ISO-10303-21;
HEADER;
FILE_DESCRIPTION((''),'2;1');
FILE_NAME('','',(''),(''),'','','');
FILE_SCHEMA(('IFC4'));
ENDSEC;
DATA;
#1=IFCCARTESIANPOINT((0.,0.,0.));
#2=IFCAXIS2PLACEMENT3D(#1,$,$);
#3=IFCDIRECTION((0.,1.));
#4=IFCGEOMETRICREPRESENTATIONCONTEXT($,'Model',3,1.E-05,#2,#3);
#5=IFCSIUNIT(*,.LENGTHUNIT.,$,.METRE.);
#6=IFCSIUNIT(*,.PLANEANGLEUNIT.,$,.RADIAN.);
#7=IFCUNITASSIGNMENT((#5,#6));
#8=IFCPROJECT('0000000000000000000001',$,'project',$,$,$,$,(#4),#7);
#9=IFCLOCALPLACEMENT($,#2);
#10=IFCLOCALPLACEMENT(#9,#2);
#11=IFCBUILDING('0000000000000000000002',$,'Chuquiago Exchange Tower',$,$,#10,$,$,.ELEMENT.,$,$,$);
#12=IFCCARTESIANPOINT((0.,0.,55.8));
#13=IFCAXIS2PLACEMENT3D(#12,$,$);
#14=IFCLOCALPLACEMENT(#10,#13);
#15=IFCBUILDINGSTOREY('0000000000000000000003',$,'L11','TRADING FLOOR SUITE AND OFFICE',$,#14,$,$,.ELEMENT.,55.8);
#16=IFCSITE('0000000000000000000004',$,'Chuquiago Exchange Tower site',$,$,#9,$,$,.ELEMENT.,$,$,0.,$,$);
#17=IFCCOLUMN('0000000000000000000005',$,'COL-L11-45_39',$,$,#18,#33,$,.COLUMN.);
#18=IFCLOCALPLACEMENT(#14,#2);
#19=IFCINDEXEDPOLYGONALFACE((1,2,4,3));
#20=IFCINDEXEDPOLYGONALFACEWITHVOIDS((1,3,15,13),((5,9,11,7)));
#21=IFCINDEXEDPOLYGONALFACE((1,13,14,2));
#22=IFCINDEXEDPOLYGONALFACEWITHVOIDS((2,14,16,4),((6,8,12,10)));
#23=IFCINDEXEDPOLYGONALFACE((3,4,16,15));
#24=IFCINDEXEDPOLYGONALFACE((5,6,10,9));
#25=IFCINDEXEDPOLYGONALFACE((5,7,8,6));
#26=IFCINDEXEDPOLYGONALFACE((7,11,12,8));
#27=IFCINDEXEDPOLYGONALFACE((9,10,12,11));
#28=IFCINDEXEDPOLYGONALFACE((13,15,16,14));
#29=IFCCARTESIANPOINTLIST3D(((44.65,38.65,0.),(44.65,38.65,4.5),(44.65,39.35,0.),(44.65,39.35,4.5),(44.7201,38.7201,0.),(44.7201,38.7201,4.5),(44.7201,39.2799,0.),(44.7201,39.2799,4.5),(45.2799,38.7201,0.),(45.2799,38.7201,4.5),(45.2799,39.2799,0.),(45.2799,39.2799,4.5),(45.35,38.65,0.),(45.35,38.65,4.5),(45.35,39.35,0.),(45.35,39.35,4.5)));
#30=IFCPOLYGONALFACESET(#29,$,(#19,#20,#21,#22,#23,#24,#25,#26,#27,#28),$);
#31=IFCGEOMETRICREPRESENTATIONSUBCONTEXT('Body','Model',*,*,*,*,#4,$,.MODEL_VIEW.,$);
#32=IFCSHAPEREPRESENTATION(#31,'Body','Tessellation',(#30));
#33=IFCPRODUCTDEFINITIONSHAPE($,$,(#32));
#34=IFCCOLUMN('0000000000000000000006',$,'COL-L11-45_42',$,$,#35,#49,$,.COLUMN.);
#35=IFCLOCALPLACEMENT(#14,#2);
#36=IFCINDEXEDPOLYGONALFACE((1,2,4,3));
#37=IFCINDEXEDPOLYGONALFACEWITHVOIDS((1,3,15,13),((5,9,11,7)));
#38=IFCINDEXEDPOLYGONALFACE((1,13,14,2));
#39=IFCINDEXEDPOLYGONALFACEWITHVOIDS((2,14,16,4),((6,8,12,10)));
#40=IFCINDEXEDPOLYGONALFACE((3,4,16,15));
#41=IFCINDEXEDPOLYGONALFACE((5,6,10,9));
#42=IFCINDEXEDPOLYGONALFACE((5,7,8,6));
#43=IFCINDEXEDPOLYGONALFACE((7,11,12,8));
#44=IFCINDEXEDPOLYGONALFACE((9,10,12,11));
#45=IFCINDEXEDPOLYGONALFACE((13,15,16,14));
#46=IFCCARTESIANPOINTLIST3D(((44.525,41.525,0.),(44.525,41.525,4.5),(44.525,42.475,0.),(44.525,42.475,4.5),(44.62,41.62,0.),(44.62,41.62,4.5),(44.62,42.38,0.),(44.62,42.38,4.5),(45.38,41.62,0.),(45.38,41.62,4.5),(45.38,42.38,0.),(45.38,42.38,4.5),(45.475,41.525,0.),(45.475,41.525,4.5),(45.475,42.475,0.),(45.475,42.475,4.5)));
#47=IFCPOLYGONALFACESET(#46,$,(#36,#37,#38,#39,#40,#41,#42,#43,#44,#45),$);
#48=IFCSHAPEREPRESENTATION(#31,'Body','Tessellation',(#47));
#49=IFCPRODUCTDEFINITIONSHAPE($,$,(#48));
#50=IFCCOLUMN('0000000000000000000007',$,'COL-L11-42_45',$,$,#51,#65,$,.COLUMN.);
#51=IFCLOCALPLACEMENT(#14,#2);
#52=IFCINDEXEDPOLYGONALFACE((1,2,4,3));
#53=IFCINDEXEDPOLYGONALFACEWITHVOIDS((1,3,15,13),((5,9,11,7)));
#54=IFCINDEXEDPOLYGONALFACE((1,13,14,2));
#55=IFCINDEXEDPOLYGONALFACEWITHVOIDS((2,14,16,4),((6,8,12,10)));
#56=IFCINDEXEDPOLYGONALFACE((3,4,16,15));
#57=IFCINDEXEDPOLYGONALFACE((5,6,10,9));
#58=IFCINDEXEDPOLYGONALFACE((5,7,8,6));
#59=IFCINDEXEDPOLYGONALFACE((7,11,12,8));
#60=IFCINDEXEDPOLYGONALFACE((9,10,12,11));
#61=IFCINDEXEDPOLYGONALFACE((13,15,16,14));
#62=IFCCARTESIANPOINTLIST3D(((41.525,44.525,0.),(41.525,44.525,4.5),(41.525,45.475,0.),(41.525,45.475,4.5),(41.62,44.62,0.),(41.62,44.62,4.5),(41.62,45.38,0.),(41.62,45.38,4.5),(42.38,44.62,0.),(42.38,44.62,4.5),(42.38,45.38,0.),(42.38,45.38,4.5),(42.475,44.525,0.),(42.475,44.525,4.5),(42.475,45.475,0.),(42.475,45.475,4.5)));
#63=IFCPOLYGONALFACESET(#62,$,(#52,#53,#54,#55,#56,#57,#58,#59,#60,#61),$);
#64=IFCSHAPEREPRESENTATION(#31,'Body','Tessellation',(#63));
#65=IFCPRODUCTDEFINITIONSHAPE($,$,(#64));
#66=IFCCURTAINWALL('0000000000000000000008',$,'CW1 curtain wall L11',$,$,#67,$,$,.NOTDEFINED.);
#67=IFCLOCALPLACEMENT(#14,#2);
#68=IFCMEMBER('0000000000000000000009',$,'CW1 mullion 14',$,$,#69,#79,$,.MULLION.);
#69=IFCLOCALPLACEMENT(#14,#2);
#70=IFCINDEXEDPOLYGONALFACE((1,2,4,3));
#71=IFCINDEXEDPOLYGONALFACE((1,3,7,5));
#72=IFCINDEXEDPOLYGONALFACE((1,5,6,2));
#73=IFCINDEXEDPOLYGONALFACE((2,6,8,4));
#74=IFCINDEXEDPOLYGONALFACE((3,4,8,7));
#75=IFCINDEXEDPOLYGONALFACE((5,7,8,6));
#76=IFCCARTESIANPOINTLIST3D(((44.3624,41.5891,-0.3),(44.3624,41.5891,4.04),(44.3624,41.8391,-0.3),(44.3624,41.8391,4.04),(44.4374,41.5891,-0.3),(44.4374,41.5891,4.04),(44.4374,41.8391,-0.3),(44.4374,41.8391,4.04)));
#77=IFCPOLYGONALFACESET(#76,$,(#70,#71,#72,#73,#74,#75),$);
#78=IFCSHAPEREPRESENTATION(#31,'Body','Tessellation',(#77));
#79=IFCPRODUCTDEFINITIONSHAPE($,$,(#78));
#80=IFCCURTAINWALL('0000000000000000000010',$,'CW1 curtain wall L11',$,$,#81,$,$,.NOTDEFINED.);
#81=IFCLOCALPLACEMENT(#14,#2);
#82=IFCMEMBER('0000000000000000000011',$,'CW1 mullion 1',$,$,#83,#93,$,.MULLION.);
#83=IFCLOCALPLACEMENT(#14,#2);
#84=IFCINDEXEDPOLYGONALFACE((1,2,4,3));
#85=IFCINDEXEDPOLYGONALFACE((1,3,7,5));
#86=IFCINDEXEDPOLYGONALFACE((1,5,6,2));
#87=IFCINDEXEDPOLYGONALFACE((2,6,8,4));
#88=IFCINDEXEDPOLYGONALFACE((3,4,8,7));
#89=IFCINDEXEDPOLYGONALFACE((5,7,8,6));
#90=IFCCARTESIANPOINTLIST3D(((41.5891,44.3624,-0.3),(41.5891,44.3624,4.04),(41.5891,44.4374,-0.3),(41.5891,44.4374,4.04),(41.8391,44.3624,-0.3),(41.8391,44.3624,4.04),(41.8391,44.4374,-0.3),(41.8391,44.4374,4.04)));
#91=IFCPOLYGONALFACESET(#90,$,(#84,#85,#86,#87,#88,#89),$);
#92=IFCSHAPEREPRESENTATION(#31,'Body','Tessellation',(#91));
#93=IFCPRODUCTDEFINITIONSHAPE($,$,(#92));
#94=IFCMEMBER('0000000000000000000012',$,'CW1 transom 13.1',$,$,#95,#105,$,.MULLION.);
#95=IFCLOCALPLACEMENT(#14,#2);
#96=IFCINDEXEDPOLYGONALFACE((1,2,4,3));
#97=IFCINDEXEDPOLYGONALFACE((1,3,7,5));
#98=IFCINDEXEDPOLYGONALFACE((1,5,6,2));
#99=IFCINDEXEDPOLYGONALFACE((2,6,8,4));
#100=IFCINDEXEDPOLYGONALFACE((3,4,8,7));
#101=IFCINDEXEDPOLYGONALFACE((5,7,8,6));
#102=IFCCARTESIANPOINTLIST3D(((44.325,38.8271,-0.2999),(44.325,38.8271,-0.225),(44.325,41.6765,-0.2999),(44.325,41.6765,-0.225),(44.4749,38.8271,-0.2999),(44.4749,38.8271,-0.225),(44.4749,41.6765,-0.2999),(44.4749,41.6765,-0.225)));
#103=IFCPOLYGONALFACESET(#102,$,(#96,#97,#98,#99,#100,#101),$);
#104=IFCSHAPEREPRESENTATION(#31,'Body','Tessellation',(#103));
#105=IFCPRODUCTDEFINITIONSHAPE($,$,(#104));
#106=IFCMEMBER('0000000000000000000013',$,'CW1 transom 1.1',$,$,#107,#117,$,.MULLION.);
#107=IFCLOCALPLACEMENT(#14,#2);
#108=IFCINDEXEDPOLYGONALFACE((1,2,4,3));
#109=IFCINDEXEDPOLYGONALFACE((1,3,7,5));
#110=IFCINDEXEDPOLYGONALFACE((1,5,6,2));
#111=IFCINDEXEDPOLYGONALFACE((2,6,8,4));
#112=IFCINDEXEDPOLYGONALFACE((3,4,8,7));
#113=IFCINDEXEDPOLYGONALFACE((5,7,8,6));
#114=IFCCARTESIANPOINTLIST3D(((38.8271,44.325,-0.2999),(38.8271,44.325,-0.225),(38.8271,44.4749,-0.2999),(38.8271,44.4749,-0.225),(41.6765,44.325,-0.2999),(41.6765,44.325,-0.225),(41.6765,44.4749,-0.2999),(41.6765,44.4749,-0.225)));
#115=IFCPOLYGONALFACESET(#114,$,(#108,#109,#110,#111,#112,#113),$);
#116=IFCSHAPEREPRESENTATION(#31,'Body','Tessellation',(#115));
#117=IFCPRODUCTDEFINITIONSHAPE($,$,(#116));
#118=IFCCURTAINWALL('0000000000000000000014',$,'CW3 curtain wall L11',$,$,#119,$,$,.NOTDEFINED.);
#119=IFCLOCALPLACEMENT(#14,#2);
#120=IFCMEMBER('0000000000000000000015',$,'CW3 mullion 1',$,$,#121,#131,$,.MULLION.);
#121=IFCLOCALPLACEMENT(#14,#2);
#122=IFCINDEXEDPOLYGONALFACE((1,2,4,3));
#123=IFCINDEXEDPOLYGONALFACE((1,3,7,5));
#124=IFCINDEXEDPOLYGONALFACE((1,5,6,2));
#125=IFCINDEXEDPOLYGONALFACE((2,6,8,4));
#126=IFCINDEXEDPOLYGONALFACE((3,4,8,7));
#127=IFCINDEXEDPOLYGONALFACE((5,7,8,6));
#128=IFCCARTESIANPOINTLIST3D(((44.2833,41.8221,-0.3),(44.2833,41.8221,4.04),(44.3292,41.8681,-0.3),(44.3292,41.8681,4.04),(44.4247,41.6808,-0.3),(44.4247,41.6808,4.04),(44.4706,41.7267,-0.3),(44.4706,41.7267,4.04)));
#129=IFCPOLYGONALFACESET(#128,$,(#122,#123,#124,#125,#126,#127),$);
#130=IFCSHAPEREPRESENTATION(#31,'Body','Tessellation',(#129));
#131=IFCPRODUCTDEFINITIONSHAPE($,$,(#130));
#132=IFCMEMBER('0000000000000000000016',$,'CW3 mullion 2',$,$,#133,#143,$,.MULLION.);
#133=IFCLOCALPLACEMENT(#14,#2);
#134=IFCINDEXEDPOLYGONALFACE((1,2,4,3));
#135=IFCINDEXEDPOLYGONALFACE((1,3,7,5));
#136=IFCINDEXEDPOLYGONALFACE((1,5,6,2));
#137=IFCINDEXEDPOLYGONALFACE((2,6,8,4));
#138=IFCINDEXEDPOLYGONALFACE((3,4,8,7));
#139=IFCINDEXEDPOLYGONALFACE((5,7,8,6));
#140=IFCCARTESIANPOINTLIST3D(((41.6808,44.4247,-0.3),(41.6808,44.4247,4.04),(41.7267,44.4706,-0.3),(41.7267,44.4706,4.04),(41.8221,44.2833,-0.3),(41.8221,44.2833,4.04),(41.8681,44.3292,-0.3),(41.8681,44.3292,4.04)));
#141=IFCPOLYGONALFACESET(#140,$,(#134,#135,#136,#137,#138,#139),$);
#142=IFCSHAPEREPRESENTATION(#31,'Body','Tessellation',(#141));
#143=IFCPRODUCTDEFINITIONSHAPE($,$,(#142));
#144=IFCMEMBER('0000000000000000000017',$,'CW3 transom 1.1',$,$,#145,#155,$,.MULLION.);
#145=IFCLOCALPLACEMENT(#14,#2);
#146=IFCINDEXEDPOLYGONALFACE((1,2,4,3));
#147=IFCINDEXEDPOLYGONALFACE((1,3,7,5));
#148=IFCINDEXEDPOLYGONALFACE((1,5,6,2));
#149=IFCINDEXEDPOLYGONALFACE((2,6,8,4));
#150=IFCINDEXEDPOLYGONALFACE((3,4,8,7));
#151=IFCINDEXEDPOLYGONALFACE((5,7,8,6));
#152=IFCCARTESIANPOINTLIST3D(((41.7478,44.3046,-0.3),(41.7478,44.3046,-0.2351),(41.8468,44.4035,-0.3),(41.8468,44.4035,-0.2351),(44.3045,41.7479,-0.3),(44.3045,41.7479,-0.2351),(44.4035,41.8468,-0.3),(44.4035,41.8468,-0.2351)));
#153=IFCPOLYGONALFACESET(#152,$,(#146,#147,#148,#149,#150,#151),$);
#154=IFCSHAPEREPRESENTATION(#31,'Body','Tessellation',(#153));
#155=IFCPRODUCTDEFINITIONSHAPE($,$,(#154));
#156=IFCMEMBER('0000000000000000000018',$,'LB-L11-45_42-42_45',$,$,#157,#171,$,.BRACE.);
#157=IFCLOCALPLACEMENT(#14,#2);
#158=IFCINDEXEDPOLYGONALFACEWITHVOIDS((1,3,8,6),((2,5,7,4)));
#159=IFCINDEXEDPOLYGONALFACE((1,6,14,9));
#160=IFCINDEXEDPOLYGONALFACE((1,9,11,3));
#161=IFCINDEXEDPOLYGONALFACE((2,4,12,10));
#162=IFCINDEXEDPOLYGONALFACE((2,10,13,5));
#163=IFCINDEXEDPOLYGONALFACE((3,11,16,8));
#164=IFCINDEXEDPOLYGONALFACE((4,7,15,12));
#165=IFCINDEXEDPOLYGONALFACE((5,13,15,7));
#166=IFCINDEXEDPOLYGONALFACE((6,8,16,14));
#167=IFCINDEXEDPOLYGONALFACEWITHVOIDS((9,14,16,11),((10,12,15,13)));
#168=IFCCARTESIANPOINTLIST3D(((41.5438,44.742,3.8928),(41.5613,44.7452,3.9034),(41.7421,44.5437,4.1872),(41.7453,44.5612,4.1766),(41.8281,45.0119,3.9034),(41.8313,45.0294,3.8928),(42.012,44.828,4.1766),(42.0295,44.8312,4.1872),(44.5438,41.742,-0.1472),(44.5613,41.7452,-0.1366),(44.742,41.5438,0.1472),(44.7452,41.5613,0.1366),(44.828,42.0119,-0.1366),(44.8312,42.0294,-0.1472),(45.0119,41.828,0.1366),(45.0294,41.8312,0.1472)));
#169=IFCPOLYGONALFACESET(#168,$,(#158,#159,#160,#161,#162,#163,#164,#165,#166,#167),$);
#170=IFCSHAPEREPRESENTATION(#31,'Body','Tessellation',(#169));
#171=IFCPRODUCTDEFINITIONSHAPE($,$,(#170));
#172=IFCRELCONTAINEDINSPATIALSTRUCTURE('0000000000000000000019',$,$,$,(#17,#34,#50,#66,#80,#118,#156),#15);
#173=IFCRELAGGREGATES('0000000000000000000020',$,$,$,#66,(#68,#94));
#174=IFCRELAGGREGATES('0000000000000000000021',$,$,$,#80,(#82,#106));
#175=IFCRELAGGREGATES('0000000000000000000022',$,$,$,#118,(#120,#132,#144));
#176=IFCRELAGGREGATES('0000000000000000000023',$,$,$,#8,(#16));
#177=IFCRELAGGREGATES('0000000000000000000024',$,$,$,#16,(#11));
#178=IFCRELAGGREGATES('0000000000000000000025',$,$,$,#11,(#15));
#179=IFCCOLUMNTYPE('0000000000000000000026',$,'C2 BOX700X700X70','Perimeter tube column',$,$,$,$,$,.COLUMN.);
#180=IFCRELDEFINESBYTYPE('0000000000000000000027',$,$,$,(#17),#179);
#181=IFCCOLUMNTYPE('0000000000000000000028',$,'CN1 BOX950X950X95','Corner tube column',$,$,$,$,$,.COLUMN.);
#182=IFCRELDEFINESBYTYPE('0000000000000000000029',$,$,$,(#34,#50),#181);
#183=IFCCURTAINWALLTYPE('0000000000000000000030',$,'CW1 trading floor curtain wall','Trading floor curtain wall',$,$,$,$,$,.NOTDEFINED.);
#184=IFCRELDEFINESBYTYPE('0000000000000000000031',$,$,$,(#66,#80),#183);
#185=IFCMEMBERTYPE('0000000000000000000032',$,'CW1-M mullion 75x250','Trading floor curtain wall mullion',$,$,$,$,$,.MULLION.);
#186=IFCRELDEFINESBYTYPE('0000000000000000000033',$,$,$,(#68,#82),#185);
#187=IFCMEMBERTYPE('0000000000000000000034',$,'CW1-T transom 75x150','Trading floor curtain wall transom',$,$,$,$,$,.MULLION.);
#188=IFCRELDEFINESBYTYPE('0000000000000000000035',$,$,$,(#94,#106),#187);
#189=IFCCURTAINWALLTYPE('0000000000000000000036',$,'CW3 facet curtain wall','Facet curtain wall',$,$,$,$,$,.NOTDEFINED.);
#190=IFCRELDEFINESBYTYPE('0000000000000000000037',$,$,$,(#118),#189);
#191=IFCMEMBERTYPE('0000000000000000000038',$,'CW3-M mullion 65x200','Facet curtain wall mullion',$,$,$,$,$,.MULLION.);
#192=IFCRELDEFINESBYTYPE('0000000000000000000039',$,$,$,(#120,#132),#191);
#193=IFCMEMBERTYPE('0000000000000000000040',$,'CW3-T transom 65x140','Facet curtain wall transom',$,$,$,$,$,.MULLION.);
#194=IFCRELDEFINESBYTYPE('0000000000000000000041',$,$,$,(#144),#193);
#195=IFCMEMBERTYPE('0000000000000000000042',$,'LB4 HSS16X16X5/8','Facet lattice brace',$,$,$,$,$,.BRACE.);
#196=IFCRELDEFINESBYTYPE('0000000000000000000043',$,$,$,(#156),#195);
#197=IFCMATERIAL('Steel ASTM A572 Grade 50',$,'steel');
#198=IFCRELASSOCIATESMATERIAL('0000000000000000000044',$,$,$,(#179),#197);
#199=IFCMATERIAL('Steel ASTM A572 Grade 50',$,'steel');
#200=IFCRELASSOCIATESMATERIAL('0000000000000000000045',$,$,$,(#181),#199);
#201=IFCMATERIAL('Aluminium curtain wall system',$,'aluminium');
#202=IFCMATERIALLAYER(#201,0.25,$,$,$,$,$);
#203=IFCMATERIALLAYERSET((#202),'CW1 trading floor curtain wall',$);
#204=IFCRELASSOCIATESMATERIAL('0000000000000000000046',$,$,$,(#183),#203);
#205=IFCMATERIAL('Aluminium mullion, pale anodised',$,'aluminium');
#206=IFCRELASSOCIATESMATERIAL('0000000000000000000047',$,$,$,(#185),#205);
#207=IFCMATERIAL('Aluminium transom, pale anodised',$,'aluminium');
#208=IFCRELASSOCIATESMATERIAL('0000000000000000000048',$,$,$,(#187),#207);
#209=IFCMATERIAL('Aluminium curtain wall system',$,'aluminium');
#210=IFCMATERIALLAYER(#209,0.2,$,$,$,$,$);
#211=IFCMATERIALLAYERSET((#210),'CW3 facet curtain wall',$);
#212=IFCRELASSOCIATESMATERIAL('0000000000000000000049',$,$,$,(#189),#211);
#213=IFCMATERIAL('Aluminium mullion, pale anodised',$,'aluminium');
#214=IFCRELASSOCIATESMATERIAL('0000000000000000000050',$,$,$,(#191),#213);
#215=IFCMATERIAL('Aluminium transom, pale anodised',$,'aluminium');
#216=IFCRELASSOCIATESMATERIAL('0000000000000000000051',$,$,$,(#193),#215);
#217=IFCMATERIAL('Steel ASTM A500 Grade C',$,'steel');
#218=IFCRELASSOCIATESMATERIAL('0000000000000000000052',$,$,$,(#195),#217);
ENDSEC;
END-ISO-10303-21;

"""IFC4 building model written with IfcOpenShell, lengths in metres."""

from ifc_helpers import new_model, si_unit, direction, frame, origin, origin_2d, place, context, subcontext, project, spatial, rectangle, hollow_rectangle, extrude, material, layer, layer_set, material_profile, profile_set, type_object, element, aggregate, save


model = new_model("IFC4")

# Units and contexts
model_context = context("Model", 3, precision=1e-05, world=origin(), true_north=direction((0.0, 1.0)))
body_context = subcontext(model_context, "Body", "Model", "MODEL_VIEW")
ifc_project = project(units=[si_unit("LENGTHUNIT", "METRE"), si_unit("PLANEANGLEUNIT", "RADIAN")], contexts=[model_context])

# Site, building, storey
site_placement = place(None, origin())
site = spatial("IfcSite", under=ifc_project, at=site_placement, Name="Chuquiago Exchange Tower site", CompositionType="ELEMENT", RefElevation=0.0)
building_placement = place(site_placement, origin())
building = spatial("IfcBuilding", under=site, at=building_placement, Name="Chuquiago Exchange Tower", CompositionType="ELEMENT")
storey_placement = place(building_placement, frame((0.0, 0.0, 55.8)))
storey = spatial("IfcBuildingStorey", under=building, at=storey_placement, Name="L11", Description="TRADING FLOOR SUITE AND OFFICE", CompositionType="ELEMENT", Elevation=55.8)

# Columns
ifc_material_1 = material(Name="Steel ASTM A572 Grade 50", Category="steel")
ifc_material_profile_1 = material_profile(ifc_material_1, hollow_rectangle(XDim=0.7, YDim=0.7, WallThickness=0.0701, at=origin_2d()), Name="BOX700X700X70")
ifc_profile_set_1 = profile_set([ifc_material_profile_1], Name="Steel ASTM A572 Grade 50")
column_type_1 = type_object("IfcColumnType", Name="C2 BOX700X700X70", Description="Perimeter tube column", PredefinedType="COLUMN", material=ifc_profile_set_1)
column_placement = place(storey_placement, frame((45.0, 39.0, 0.0), z_axis=(0.0, 0.0, 1.0), x_axis=(1.0, 0.0, 0.0)))
element("IfcColumn", 1, at=column_placement, inside=storey, type_object=column_type_1, Name="COL-L11-45_39", PredefinedType="COLUMN", context=body_context, shape_type="SweptSolid", body=[
    extrude(hollow_rectangle(XDim=0.7, YDim=0.7, WallThickness=0.0701, at=origin_2d()), origin(), (0.0, 0.0, 1.0), 4.5),
])
ifc_material_2 = material(Name="Steel ASTM A572 Grade 50", Category="steel")
ifc_material_profile_2 = material_profile(ifc_material_2, hollow_rectangle(XDim=0.95, YDim=0.95, WallThickness=0.095, at=origin_2d()), Name="BOX950X950X95")
ifc_profile_set_2 = profile_set([ifc_material_profile_2], Name="Steel ASTM A572 Grade 50")
column_type_2 = type_object("IfcColumnType", Name="CN1 BOX950X950X95", Description="Corner tube column", PredefinedType="COLUMN", material=ifc_profile_set_2)
for number, where, z_axis, x_axis, name in (
    (2, (45.0, 42.0, 0.0), (0.0, 0.0, 1.0), (1.0, 0.0, 0.0), "COL-L11-45_42"),
    (3, (42.0, 45.0, 0.0), (0.0, 0.0, 1.0), (0.0, 1.0, 0.0), "COL-L11-42_45"),
):
    element("IfcColumn", number, at=place(storey_placement, frame(where, z_axis=z_axis, x_axis=x_axis)), inside=storey, type_object=column_type_2, Name=name, PredefinedType="COLUMN", context=body_context, shape_type="SweptSolid", body=[
        extrude(hollow_rectangle(XDim=0.95, YDim=0.95, WallThickness=0.095, at=origin_2d()), origin(), (0.0, 0.0, 1.0), 4.5),
    ])

# Curtain walls, members
ifc_material_3 = material(Name="Aluminium curtain wall system", Category="aluminium")
ifc_layer_1 = layer(ifc_material_3, 0.25)
ifc_layer_set_1 = layer_set([ifc_layer_1], Name="CW1 trading floor curtain wall")
curtain_wall_type_1 = type_object("IfcCurtainWallType", Name="CW1 trading floor curtain wall", Description="Trading floor curtain wall", PredefinedType="NOTDEFINED", material=ifc_layer_set_1)
curtain_wall_1_placement = place(storey_placement, origin())
curtain_wall_1 = element("IfcCurtainWall", 4, at=curtain_wall_1_placement, inside=storey, type_object=curtain_wall_type_1, Name="CW1 curtain wall L11", PredefinedType="NOTDEFINED")
ifc_material_4 = material(Name="Aluminium mullion, pale anodised", Category="aluminium")
ifc_material_profile_3 = material_profile(ifc_material_4, rectangle(XDim=0.075, YDim=0.25, at=origin_2d()), Name="AL 75x250")
ifc_profile_set_3 = profile_set([ifc_material_profile_3], Name="Aluminium mullion, pale anodised")
member_type_1 = type_object("IfcMemberType", Name="CW1-M mullion 75x250", Description="Trading floor curtain wall mullion", PredefinedType="MULLION", material=ifc_profile_set_3)
member_1_placement = place(storey_placement, frame((44.3999, 41.7141, -0.3), z_axis=(0.0, 0.0, 1.0), x_axis=(-1.0, 0.0, 0.0)))
member_1 = element("IfcMember", 5, at=member_1_placement, type_object=member_type_1, Name="CW1 mullion 14", PredefinedType="MULLION", context=body_context, shape_type="SweptSolid", body=[
    extrude(rectangle(XDim=0.075, YDim=0.25, at=origin_2d()), origin(), (0.0, 0.0, 1.0), 4.3401),
])
curtain_wall_2_placement = place(storey_placement, origin())
curtain_wall_2 = element("IfcCurtainWall", 6, at=curtain_wall_2_placement, inside=storey, type_object=curtain_wall_type_1, Name="CW1 curtain wall L11", PredefinedType="NOTDEFINED")
member_2_placement = place(storey_placement, frame((41.7141, 44.3999, -0.3), z_axis=(0.0, 0.0, 1.0), x_axis=(0.0, -1.0, 0.0)))
member_2 = element("IfcMember", 7, at=member_2_placement, type_object=member_type_1, Name="CW1 mullion 1", PredefinedType="MULLION", context=body_context, shape_type="SweptSolid", body=[
    extrude(rectangle(XDim=0.075, YDim=0.25, at=origin_2d()), origin(), (0.0, 0.0, 1.0), 4.3401),
])

# Members
ifc_material_5 = material(Name="Aluminium transom, pale anodised", Category="aluminium")
ifc_material_profile_4 = material_profile(ifc_material_5, rectangle(XDim=0.1499, YDim=0.075, at=origin_2d()), Name="AL 150x75")
ifc_profile_set_4 = profile_set([ifc_material_profile_4], Name="Aluminium transom, pale anodised")
member_type_2 = type_object("IfcMemberType", Name="CW1-T transom 75x150", Description="Trading floor curtain wall transom", PredefinedType="MULLION", material=ifc_profile_set_4)
member_3_placement = place(storey_placement, frame((44.3999, 38.8271, -0.2625), z_axis=(0.0, 1.0, 0.0), x_axis=(-1.0, 0.0, 0.0)))
member_3 = element("IfcMember", 8, at=member_3_placement, type_object=member_type_2, Name="CW1 transom 13.1", PredefinedType="MULLION", context=body_context, shape_type="SweptSolid", body=[
    extrude(rectangle(XDim=0.1499, YDim=0.075, at=origin_2d()), origin(), (0.0, 0.0, 1.0), 2.8494),
])
member_4_placement = place(storey_placement, frame((41.6765, 44.3999, -0.2625), z_axis=(-1.0, 0.0, 0.0), x_axis=(0.0, -1.0, 0.0)))
member_4 = element("IfcMember", 9, at=member_4_placement, type_object=member_type_2, Name="CW1 transom 1.1", PredefinedType="MULLION", context=body_context, shape_type="SweptSolid", body=[
    extrude(rectangle(XDim=0.1499, YDim=0.075, at=origin_2d()), origin(), (0.0, 0.0, 1.0), 2.8494),
])

# Curtain wall, members
ifc_material_6 = material(Name="Aluminium curtain wall system", Category="aluminium")
ifc_layer_2 = layer(ifc_material_6, 0.2)
ifc_layer_set_2 = layer_set([ifc_layer_2], Name="CW3 facet curtain wall")
curtain_wall_type_2 = type_object("IfcCurtainWallType", Name="CW3 facet curtain wall", Description="Facet curtain wall", PredefinedType="NOTDEFINED", material=ifc_layer_set_2)
curtain_wall_3_placement = place(storey_placement, origin())
curtain_wall_3 = element("IfcCurtainWall", 10, at=curtain_wall_3_placement, inside=storey, type_object=curtain_wall_type_2, Name="CW3 curtain wall L11", PredefinedType="NOTDEFINED")
ifc_material_7 = material(Name="Aluminium mullion, pale anodised", Category="aluminium")
ifc_material_profile_5 = material_profile(ifc_material_7, rectangle(XDim=0.0649, YDim=0.2, at=origin_2d()), Name="AL 65x200")
ifc_profile_set_5 = profile_set([ifc_material_profile_5], Name="Aluminium mullion, pale anodised")
member_type_3 = type_object("IfcMemberType", Name="CW3-M mullion 65x200", Description="Facet curtain wall mullion", PredefinedType="MULLION", material=ifc_profile_set_5)
member_5_placement = place(storey_placement, frame((44.377, 41.7744, -0.3), z_axis=(0.0, 0.0, 1.0), x_axis=(-0.707107, -0.707107, 0.0)))
member_5 = element("IfcMember", 11, at=member_5_placement, type_object=member_type_3, Name="CW3 mullion 1", PredefinedType="MULLION", context=body_context, shape_type="SweptSolid", body=[
    extrude(rectangle(XDim=0.0649, YDim=0.2, at=origin_2d()), origin(), (0.0, 0.0, 1.0), 4.3401),
])
member_6_placement = place(storey_placement, frame((41.7744, 44.377, -0.3), z_axis=(0.0, 0.0, 1.0), x_axis=(-0.707107, -0.707107, 0.0)))
member_6 = element("IfcMember", 12, at=member_6_placement, type_object=member_type_3, Name="CW3 mullion 2", PredefinedType="MULLION", context=body_context, shape_type="SweptSolid", body=[
    extrude(rectangle(XDim=0.0649, YDim=0.2, at=origin_2d()), origin(), (0.0, 0.0, 1.0), 4.3401),
])
ifc_material_8 = material(Name="Aluminium transom, pale anodised", Category="aluminium")
ifc_material_profile_6 = material_profile(ifc_material_8, rectangle(XDim=0.1399, YDim=0.0649, at=origin_2d()), Name="AL 140x65")
ifc_profile_set_6 = profile_set([ifc_material_profile_6], Name="Aluminium transom, pale anodised")
member_type_4 = type_object("IfcMemberType", Name="CW3-T transom 65x140", Description="Facet curtain wall transom", PredefinedType="MULLION", material=ifc_profile_set_6)
member_7_placement = place(storey_placement, frame((44.354, 41.7974, -0.2676), z_axis=(-0.707107, 0.707107, 0.0), x_axis=(-0.707107, -0.707107, 0.0)))
member_7 = element("IfcMember", 13, at=member_7_placement, type_object=member_type_4, Name="CW3 transom 1.1", PredefinedType="MULLION", context=body_context, shape_type="SweptSolid", body=[
    extrude(rectangle(XDim=0.1399, YDim=0.0649, at=origin_2d()), origin(), (0.0, 0.0, 1.0), 3.6157),
])

# Member
ifc_material_9 = material(Name="Steel ASTM A500 Grade C", Category="steel")
ifc_material_profile_7 = material_profile(ifc_material_9, hollow_rectangle(XDim=0.4065, YDim=0.4065, WallThickness=0.0146, at=origin_2d()), Name="HSS16X16X5/8")
ifc_profile_set_7 = profile_set([ifc_material_profile_7], Name="Steel ASTM A500 Grade C")
member_type_5 = type_object("IfcMemberType", Name="LB4 HSS16X16X5/8", Description="Facet lattice brace", PredefinedType="BRACE", material=ifc_profile_set_7)
member_8_placement = place(storey_placement, frame((44.7866, 41.7866, 0.0), z_axis=(-0.512077, 0.512077, 0.689604), x_axis=(-0.707107, -0.707107, 0.0)))
element("IfcMember", 14, at=member_8_placement, inside=storey, type_object=member_type_5, Name="LB-L11-45_42-42_45", PredefinedType="BRACE", context=body_context, shape_type="SweptSolid", body=[
    extrude(hollow_rectangle(XDim=0.4065, YDim=0.4065, WallThickness=0.0146, at=origin_2d()), origin(), (0.0, 0.0, 1.0), 5.8584),
])

aggregate(curtain_wall_1, [member_1, member_3])
aggregate(curtain_wall_2, [member_2, member_4])
aggregate(curtain_wall_3, [member_5, member_6, member_7])

save(model, "model.ifc")
